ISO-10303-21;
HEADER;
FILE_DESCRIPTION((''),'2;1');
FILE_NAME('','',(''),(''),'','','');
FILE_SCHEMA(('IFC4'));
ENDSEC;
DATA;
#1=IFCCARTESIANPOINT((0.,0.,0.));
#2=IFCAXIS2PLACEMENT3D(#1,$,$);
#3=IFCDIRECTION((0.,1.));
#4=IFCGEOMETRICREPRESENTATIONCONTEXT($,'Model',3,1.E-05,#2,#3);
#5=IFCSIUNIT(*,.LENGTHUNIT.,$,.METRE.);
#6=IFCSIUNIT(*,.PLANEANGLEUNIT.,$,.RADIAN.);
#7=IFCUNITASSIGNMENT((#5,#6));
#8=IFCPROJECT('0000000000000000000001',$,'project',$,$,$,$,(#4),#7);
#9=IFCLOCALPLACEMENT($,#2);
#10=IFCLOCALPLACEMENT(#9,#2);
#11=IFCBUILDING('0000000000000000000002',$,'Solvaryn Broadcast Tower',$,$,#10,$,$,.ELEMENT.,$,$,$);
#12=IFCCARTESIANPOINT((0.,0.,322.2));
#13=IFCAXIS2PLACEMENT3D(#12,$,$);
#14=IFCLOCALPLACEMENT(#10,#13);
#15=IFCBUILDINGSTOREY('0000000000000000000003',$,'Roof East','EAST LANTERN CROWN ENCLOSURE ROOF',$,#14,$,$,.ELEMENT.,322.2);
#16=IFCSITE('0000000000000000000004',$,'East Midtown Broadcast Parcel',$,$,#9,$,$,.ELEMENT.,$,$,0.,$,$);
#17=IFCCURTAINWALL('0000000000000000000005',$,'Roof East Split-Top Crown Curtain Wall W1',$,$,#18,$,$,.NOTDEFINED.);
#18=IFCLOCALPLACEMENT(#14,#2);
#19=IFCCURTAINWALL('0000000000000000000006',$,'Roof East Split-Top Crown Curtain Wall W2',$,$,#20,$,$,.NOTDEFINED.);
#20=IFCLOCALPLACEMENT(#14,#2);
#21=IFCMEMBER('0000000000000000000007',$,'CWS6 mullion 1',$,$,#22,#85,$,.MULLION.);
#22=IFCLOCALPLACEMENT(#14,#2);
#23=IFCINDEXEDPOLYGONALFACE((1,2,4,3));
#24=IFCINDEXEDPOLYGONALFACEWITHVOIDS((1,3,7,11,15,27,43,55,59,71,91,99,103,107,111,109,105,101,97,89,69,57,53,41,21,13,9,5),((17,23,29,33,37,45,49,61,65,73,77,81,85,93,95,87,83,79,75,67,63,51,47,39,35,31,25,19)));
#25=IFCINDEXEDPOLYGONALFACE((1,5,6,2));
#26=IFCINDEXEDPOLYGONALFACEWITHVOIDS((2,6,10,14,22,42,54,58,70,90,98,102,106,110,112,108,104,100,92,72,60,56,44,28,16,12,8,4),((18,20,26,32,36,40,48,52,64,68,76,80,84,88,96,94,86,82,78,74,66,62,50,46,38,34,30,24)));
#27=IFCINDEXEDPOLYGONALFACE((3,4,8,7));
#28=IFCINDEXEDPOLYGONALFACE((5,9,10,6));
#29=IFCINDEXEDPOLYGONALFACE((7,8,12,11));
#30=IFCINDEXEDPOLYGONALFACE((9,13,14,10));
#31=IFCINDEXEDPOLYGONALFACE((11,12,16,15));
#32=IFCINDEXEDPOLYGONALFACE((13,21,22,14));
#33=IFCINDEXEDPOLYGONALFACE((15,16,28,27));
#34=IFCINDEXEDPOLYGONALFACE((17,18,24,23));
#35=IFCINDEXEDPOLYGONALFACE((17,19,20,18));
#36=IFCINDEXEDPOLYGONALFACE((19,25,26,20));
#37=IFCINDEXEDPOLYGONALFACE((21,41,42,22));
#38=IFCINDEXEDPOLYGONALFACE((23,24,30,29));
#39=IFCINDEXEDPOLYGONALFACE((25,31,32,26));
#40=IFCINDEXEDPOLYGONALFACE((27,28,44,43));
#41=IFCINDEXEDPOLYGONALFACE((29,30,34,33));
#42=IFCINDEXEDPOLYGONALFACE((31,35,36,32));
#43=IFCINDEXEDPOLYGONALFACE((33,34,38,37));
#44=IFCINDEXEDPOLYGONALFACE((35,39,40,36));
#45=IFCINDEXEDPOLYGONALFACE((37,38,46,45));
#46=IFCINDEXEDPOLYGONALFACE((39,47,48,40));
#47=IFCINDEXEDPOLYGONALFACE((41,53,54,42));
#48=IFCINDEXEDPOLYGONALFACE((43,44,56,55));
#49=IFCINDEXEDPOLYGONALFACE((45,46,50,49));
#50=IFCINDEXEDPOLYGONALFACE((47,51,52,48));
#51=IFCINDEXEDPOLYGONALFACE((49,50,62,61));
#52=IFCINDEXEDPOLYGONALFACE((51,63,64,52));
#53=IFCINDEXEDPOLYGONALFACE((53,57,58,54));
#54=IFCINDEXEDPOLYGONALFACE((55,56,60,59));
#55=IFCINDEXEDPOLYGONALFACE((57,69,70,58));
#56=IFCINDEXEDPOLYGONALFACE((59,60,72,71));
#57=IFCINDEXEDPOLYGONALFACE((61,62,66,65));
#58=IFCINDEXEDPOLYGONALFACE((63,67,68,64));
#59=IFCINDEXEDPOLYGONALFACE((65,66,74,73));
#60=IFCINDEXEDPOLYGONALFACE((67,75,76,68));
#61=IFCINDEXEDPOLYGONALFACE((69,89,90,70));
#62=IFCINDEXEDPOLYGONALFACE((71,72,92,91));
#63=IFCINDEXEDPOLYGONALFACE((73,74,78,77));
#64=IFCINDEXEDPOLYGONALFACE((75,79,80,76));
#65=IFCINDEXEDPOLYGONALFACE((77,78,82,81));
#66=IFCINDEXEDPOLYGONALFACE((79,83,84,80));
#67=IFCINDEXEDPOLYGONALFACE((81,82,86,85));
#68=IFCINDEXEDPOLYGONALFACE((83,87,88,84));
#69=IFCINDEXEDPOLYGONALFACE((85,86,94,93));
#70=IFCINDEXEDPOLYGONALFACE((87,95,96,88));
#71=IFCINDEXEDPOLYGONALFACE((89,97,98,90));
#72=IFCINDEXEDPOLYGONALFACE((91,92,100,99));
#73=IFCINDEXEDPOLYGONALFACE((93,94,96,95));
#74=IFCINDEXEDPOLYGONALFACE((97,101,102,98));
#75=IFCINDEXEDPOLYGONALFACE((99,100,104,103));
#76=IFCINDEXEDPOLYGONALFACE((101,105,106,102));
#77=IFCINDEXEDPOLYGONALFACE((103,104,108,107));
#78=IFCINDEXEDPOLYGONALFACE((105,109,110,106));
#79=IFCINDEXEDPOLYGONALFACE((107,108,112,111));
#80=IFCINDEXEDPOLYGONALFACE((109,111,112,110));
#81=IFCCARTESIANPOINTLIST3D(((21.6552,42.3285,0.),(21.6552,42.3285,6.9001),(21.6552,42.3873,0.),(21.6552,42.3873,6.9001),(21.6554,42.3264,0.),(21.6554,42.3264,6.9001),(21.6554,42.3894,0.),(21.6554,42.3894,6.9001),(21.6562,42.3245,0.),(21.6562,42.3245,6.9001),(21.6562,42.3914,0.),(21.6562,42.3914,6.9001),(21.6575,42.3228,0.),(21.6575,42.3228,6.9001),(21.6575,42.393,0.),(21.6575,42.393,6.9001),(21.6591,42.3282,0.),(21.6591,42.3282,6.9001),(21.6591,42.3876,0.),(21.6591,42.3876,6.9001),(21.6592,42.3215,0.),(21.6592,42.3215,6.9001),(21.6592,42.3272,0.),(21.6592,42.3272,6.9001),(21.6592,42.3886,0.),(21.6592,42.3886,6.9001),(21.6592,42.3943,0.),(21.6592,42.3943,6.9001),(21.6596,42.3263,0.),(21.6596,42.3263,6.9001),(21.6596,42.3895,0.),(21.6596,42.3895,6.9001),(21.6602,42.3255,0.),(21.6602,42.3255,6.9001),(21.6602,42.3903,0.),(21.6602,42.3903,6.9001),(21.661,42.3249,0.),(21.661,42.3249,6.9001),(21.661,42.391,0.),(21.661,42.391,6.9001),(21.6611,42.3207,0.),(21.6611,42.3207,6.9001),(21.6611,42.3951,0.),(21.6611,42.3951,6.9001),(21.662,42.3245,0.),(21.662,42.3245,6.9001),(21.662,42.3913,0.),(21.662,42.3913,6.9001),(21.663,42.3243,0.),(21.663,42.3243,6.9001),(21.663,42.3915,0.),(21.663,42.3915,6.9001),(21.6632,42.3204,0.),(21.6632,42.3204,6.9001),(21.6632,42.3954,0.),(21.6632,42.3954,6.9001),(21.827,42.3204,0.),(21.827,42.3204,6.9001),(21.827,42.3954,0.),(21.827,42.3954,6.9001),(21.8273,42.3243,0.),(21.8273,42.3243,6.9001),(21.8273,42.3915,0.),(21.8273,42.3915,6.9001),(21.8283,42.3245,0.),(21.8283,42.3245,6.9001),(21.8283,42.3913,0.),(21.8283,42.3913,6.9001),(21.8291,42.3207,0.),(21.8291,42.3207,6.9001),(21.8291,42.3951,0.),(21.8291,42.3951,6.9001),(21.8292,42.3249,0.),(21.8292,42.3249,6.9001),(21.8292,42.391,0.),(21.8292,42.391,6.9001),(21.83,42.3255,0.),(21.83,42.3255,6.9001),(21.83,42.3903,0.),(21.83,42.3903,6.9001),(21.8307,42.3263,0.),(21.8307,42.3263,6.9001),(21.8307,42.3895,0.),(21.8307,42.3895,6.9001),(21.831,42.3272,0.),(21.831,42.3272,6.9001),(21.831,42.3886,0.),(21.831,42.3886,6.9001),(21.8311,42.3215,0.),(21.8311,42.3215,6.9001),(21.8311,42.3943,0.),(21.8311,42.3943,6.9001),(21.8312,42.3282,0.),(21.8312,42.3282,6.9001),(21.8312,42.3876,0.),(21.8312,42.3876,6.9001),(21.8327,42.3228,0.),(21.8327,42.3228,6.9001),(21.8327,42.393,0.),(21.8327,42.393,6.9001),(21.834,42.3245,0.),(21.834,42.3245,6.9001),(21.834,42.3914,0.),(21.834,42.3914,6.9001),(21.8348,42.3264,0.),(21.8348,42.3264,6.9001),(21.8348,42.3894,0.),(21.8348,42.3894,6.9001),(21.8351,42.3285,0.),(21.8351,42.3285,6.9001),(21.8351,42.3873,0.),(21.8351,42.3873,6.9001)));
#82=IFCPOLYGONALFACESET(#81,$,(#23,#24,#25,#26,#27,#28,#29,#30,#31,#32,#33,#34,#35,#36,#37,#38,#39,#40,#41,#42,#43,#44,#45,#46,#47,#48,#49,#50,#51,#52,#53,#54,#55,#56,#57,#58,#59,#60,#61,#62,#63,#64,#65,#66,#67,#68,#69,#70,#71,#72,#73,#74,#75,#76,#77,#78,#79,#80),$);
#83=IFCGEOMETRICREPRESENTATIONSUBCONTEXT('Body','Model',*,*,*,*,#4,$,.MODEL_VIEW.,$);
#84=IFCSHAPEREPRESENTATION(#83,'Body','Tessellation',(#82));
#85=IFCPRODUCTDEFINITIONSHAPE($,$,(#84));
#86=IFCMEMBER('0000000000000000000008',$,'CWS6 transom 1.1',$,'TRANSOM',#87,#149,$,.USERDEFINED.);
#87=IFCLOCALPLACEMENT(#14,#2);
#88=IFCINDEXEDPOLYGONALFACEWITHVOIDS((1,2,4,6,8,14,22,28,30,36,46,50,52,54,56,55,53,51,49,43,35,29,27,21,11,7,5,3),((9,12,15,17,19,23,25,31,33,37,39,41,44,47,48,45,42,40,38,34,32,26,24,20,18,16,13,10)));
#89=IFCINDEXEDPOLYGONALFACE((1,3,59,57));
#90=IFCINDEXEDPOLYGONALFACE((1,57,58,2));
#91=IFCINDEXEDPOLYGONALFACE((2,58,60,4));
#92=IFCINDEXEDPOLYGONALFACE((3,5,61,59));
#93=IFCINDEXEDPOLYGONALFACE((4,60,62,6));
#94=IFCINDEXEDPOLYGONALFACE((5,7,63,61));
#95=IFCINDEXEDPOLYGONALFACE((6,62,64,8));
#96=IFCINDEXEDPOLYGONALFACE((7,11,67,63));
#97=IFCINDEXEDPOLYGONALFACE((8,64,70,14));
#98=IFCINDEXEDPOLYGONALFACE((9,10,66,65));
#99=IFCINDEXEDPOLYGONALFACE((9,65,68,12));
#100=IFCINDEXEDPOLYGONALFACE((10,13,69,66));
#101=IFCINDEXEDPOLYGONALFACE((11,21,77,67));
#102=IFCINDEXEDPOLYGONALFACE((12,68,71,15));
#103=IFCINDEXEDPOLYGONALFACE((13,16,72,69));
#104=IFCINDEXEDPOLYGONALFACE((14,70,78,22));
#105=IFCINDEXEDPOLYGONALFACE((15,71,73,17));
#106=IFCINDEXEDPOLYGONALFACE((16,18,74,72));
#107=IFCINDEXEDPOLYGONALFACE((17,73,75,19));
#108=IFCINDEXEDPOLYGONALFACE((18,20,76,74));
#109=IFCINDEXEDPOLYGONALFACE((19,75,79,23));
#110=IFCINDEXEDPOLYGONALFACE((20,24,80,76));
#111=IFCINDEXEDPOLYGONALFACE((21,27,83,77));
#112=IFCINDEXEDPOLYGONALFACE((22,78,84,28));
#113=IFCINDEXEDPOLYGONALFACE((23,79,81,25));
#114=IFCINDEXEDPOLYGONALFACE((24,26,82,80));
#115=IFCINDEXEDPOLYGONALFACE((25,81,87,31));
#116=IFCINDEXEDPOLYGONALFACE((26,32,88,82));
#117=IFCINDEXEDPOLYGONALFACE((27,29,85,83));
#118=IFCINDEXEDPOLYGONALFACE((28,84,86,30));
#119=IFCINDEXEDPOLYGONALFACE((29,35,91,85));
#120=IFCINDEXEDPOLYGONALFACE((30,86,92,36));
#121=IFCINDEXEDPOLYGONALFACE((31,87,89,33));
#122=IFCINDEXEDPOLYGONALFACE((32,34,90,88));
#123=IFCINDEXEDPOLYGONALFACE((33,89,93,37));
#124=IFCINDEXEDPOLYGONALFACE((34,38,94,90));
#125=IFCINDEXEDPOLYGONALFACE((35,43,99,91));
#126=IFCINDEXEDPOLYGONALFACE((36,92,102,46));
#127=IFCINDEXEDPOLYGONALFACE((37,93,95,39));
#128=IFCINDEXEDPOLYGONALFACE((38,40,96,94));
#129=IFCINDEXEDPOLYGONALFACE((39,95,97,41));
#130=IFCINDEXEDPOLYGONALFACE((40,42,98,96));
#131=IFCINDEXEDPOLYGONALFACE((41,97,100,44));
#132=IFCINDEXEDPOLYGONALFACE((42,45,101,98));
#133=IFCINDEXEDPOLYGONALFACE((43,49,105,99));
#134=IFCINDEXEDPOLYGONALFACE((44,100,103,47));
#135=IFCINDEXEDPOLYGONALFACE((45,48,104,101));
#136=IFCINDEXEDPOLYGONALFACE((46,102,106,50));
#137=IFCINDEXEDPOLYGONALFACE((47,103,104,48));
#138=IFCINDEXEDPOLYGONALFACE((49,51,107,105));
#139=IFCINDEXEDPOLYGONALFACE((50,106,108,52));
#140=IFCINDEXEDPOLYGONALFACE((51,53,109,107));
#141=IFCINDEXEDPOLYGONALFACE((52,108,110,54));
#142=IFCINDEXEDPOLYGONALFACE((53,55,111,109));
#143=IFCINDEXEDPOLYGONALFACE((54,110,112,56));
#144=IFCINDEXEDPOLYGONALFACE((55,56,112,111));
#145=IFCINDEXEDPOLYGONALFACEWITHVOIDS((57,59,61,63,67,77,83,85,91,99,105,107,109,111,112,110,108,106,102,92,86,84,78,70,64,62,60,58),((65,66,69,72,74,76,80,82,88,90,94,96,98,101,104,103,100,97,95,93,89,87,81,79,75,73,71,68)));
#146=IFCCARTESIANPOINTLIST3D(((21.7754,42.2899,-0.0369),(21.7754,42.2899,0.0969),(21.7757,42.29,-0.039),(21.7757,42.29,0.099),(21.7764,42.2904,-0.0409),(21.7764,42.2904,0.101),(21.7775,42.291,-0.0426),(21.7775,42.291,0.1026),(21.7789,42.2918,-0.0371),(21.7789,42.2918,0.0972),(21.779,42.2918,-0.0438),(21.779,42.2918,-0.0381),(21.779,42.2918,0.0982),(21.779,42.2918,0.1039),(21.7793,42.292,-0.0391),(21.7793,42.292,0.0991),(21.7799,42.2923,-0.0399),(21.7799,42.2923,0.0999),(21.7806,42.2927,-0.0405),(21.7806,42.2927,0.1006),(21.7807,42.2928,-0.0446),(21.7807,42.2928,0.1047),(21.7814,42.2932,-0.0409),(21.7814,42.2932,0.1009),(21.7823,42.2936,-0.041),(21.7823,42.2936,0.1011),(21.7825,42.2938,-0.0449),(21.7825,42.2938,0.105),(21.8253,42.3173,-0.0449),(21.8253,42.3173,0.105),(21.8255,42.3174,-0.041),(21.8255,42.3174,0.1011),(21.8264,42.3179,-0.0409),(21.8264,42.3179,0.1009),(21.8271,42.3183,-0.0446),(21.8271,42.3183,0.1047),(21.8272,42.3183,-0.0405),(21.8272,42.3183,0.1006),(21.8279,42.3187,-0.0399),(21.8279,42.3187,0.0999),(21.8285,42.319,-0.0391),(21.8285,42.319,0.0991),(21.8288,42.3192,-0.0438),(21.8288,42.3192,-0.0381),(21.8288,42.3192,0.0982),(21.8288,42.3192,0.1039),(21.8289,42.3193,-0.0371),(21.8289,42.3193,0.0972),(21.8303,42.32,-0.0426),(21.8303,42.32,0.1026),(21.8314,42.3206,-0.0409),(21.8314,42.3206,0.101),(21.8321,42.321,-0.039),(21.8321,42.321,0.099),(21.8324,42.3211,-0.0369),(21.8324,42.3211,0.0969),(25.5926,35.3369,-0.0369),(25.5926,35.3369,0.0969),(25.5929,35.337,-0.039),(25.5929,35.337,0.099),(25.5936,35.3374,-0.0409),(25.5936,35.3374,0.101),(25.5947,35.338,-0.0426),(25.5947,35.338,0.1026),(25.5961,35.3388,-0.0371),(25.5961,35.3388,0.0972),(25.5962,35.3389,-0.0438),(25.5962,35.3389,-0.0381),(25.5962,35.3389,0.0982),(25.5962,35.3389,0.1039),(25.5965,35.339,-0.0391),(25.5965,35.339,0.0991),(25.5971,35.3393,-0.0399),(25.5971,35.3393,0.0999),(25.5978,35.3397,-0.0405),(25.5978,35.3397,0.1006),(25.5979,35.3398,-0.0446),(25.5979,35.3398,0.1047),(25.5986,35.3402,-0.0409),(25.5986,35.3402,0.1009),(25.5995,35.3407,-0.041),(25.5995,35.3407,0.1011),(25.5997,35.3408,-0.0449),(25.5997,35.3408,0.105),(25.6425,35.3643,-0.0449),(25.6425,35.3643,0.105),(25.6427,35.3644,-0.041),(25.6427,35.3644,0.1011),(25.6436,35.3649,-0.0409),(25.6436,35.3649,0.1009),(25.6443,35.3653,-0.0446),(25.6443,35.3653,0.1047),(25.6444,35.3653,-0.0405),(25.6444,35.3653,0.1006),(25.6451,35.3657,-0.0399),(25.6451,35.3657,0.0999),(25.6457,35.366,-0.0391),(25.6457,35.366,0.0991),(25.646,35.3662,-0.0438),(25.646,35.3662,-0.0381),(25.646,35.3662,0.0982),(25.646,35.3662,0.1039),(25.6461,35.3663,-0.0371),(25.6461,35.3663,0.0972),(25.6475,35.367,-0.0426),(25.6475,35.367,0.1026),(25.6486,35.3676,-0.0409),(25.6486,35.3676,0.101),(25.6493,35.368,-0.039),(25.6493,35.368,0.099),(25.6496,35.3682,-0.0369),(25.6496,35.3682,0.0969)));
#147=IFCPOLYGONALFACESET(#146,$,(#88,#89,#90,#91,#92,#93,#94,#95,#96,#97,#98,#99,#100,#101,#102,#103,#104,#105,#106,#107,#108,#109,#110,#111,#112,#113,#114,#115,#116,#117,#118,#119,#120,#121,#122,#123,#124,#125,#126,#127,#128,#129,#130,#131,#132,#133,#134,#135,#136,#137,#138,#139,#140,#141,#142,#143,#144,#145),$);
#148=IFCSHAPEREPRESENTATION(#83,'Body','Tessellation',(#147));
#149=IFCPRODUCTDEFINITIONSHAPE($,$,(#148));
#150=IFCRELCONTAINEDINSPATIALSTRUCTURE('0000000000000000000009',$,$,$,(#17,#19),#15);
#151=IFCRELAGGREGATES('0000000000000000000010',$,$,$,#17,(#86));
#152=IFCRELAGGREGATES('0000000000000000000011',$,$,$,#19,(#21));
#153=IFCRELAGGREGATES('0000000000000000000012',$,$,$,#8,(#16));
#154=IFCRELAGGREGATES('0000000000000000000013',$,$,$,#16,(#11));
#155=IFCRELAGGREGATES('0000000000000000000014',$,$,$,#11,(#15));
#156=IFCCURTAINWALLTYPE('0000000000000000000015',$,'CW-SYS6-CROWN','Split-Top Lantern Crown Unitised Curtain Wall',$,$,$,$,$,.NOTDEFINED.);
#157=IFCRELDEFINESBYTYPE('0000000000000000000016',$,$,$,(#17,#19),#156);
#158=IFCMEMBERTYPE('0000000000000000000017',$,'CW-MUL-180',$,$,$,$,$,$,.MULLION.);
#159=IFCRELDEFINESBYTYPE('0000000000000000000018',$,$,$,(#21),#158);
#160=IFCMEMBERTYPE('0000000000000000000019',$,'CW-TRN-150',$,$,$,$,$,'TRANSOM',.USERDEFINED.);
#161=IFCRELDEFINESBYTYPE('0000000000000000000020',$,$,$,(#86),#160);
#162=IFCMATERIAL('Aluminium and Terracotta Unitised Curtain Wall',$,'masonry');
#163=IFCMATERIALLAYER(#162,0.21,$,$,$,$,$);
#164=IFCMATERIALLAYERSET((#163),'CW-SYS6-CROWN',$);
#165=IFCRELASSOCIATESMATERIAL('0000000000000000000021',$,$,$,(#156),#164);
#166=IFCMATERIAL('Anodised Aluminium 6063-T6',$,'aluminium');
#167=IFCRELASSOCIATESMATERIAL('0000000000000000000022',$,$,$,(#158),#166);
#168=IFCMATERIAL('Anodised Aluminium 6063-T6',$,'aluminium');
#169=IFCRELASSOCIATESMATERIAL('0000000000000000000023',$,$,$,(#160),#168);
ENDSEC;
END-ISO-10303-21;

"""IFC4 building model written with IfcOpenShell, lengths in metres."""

from ifc_helpers import new_model, si_unit, direction, frame, origin, origin_2d, place, context, subcontext, project, spatial, hollow_rectangle, extrude, material, layer, layer_set, material_profile, profile_set, type_object, element, aggregate, save


model = new_model("IFC4")

# Units and contexts
model_context = context("Model", 3, precision=1e-05, world=origin(), true_north=direction((0.0, 1.0)))
body_context = subcontext(model_context, "Body", "Model", "MODEL_VIEW")
ifc_project = project(units=[si_unit("LENGTHUNIT", "METRE"), si_unit("PLANEANGLEUNIT", "RADIAN")], contexts=[model_context])

# Site, building, storey
site_placement = place(None, origin())
site = spatial("IfcSite", under=ifc_project, at=site_placement, Name="East Midtown Broadcast Parcel", CompositionType="ELEMENT", RefElevation=0.0)
building_placement = place(site_placement, origin())
building = spatial("IfcBuilding", under=site, at=building_placement, Name="Solvaryn Broadcast Tower", CompositionType="ELEMENT")
storey_placement = place(building_placement, frame((0.0, 0.0, 322.2)))
storey = spatial("IfcBuildingStorey", under=building, at=storey_placement, Name="Roof East", Description="EAST LANTERN CROWN ENCLOSURE ROOF", CompositionType="ELEMENT", Elevation=322.2)

# Curtain wall
ifc_material_1 = material(Name="Aluminium and Terracotta Unitised Curtain Wall", Category="masonry")
ifc_layer_1 = layer(ifc_material_1, 0.21)
ifc_layer_set_1 = layer_set([ifc_layer_1], Name="CW-SYS6-CROWN")
curtain_wall_type = type_object("IfcCurtainWallType", Name="CW-SYS6-CROWN", Description="Split-Top Lantern Crown Unitised Curtain Wall", PredefinedType="NOTDEFINED", material=ifc_layer_set_1)
curtain_wall_1_placement = place(storey_placement, origin())
curtain_wall_1 = element("IfcCurtainWall", 1, at=curtain_wall_1_placement, inside=storey, type_object=curtain_wall_type, Name="Roof East Split-Top Crown Curtain Wall W1", PredefinedType="NOTDEFINED")
ifc_material_2 = material(Name="Anodised Aluminium 6063-T6", Category="aluminium")
ifc_material_profile_1 = material_profile(ifc_material_2, hollow_rectangle(XDim=0.075, YDim=0.1799, WallThickness=0.0039, InnerFilletRadius=0.0039, OuterFilletRadius=0.0081, at=origin_2d()))
ifc_profile_set_1 = profile_set([ifc_material_profile_1], Name="Anodised Aluminium 6063-T6")
member_type_1 = type_object("IfcMemberType", Name="CW-MUL-180", PredefinedType="MULLION", material=ifc_profile_set_1)

# Curtain wall, member
curtain_wall_2_placement = place(storey_placement, origin())
curtain_wall_2 = element("IfcCurtainWall", 2, at=curtain_wall_2_placement, inside=storey, type_object=curtain_wall_type, Name="Roof East Split-Top Crown Curtain Wall W2", PredefinedType="NOTDEFINED")
member_1_placement = place(storey_placement, frame((21.7451, 42.3579, 0.0), z_axis=(0.0, 0.0, 1.0), x_axis=(0.0, -1.0, 0.0)))
member_1 = element("IfcMember", 3, at=member_1_placement, type_object=member_type_1, Name="CWS6 mullion 1", PredefinedType="MULLION", context=body_context, shape_type="SweptSolid", body=[
    extrude(hollow_rectangle(XDim=0.075, YDim=0.1799, WallThickness=0.0039, InnerFilletRadius=0.0039, OuterFilletRadius=0.0081, at=origin_2d()), origin(), (0.0, 0.0, 1.0), 6.9001),
])

# Member
ifc_material_3 = material(Name="Anodised Aluminium 6063-T6", Category="aluminium")
ifc_material_profile_2 = material_profile(ifc_material_3, hollow_rectangle(XDim=0.0649, YDim=0.1499, WallThickness=0.0039, InnerFilletRadius=0.0039, OuterFilletRadius=0.0081, at=origin_2d()))
ifc_profile_set_2 = profile_set([ifc_material_profile_2], Name="Anodised Aluminium 6063-T6")
member_type_2 = type_object("IfcMemberType", Name="CW-TRN-150", ElementType="TRANSOM", PredefinedType="USERDEFINED", material=ifc_profile_set_2)
member_2_placement = place(storey_placement, frame((25.6211, 35.3525, 0.03), z_axis=(-0.481246, 0.876585, 0.0), x_axis=(-0.876585, -0.481246, 0.0)))
member_2 = element("IfcMember", 4, at=member_2_placement, type_object=member_type_2, Name="CWS6 transom 1.1", ObjectType="TRANSOM", PredefinedType="USERDEFINED", context=body_context, shape_type="SweptSolid", body=[
    extrude(hollow_rectangle(XDim=0.0649, YDim=0.1499, WallThickness=0.0039, InnerFilletRadius=0.0039, OuterFilletRadius=0.0081, at=origin_2d()), origin(), (0.0, 0.0, 1.0), 7.9319),
])

aggregate(curtain_wall_1, [member_2])
aggregate(curtain_wall_2, [member_1])

save(model, "model.ifc")
